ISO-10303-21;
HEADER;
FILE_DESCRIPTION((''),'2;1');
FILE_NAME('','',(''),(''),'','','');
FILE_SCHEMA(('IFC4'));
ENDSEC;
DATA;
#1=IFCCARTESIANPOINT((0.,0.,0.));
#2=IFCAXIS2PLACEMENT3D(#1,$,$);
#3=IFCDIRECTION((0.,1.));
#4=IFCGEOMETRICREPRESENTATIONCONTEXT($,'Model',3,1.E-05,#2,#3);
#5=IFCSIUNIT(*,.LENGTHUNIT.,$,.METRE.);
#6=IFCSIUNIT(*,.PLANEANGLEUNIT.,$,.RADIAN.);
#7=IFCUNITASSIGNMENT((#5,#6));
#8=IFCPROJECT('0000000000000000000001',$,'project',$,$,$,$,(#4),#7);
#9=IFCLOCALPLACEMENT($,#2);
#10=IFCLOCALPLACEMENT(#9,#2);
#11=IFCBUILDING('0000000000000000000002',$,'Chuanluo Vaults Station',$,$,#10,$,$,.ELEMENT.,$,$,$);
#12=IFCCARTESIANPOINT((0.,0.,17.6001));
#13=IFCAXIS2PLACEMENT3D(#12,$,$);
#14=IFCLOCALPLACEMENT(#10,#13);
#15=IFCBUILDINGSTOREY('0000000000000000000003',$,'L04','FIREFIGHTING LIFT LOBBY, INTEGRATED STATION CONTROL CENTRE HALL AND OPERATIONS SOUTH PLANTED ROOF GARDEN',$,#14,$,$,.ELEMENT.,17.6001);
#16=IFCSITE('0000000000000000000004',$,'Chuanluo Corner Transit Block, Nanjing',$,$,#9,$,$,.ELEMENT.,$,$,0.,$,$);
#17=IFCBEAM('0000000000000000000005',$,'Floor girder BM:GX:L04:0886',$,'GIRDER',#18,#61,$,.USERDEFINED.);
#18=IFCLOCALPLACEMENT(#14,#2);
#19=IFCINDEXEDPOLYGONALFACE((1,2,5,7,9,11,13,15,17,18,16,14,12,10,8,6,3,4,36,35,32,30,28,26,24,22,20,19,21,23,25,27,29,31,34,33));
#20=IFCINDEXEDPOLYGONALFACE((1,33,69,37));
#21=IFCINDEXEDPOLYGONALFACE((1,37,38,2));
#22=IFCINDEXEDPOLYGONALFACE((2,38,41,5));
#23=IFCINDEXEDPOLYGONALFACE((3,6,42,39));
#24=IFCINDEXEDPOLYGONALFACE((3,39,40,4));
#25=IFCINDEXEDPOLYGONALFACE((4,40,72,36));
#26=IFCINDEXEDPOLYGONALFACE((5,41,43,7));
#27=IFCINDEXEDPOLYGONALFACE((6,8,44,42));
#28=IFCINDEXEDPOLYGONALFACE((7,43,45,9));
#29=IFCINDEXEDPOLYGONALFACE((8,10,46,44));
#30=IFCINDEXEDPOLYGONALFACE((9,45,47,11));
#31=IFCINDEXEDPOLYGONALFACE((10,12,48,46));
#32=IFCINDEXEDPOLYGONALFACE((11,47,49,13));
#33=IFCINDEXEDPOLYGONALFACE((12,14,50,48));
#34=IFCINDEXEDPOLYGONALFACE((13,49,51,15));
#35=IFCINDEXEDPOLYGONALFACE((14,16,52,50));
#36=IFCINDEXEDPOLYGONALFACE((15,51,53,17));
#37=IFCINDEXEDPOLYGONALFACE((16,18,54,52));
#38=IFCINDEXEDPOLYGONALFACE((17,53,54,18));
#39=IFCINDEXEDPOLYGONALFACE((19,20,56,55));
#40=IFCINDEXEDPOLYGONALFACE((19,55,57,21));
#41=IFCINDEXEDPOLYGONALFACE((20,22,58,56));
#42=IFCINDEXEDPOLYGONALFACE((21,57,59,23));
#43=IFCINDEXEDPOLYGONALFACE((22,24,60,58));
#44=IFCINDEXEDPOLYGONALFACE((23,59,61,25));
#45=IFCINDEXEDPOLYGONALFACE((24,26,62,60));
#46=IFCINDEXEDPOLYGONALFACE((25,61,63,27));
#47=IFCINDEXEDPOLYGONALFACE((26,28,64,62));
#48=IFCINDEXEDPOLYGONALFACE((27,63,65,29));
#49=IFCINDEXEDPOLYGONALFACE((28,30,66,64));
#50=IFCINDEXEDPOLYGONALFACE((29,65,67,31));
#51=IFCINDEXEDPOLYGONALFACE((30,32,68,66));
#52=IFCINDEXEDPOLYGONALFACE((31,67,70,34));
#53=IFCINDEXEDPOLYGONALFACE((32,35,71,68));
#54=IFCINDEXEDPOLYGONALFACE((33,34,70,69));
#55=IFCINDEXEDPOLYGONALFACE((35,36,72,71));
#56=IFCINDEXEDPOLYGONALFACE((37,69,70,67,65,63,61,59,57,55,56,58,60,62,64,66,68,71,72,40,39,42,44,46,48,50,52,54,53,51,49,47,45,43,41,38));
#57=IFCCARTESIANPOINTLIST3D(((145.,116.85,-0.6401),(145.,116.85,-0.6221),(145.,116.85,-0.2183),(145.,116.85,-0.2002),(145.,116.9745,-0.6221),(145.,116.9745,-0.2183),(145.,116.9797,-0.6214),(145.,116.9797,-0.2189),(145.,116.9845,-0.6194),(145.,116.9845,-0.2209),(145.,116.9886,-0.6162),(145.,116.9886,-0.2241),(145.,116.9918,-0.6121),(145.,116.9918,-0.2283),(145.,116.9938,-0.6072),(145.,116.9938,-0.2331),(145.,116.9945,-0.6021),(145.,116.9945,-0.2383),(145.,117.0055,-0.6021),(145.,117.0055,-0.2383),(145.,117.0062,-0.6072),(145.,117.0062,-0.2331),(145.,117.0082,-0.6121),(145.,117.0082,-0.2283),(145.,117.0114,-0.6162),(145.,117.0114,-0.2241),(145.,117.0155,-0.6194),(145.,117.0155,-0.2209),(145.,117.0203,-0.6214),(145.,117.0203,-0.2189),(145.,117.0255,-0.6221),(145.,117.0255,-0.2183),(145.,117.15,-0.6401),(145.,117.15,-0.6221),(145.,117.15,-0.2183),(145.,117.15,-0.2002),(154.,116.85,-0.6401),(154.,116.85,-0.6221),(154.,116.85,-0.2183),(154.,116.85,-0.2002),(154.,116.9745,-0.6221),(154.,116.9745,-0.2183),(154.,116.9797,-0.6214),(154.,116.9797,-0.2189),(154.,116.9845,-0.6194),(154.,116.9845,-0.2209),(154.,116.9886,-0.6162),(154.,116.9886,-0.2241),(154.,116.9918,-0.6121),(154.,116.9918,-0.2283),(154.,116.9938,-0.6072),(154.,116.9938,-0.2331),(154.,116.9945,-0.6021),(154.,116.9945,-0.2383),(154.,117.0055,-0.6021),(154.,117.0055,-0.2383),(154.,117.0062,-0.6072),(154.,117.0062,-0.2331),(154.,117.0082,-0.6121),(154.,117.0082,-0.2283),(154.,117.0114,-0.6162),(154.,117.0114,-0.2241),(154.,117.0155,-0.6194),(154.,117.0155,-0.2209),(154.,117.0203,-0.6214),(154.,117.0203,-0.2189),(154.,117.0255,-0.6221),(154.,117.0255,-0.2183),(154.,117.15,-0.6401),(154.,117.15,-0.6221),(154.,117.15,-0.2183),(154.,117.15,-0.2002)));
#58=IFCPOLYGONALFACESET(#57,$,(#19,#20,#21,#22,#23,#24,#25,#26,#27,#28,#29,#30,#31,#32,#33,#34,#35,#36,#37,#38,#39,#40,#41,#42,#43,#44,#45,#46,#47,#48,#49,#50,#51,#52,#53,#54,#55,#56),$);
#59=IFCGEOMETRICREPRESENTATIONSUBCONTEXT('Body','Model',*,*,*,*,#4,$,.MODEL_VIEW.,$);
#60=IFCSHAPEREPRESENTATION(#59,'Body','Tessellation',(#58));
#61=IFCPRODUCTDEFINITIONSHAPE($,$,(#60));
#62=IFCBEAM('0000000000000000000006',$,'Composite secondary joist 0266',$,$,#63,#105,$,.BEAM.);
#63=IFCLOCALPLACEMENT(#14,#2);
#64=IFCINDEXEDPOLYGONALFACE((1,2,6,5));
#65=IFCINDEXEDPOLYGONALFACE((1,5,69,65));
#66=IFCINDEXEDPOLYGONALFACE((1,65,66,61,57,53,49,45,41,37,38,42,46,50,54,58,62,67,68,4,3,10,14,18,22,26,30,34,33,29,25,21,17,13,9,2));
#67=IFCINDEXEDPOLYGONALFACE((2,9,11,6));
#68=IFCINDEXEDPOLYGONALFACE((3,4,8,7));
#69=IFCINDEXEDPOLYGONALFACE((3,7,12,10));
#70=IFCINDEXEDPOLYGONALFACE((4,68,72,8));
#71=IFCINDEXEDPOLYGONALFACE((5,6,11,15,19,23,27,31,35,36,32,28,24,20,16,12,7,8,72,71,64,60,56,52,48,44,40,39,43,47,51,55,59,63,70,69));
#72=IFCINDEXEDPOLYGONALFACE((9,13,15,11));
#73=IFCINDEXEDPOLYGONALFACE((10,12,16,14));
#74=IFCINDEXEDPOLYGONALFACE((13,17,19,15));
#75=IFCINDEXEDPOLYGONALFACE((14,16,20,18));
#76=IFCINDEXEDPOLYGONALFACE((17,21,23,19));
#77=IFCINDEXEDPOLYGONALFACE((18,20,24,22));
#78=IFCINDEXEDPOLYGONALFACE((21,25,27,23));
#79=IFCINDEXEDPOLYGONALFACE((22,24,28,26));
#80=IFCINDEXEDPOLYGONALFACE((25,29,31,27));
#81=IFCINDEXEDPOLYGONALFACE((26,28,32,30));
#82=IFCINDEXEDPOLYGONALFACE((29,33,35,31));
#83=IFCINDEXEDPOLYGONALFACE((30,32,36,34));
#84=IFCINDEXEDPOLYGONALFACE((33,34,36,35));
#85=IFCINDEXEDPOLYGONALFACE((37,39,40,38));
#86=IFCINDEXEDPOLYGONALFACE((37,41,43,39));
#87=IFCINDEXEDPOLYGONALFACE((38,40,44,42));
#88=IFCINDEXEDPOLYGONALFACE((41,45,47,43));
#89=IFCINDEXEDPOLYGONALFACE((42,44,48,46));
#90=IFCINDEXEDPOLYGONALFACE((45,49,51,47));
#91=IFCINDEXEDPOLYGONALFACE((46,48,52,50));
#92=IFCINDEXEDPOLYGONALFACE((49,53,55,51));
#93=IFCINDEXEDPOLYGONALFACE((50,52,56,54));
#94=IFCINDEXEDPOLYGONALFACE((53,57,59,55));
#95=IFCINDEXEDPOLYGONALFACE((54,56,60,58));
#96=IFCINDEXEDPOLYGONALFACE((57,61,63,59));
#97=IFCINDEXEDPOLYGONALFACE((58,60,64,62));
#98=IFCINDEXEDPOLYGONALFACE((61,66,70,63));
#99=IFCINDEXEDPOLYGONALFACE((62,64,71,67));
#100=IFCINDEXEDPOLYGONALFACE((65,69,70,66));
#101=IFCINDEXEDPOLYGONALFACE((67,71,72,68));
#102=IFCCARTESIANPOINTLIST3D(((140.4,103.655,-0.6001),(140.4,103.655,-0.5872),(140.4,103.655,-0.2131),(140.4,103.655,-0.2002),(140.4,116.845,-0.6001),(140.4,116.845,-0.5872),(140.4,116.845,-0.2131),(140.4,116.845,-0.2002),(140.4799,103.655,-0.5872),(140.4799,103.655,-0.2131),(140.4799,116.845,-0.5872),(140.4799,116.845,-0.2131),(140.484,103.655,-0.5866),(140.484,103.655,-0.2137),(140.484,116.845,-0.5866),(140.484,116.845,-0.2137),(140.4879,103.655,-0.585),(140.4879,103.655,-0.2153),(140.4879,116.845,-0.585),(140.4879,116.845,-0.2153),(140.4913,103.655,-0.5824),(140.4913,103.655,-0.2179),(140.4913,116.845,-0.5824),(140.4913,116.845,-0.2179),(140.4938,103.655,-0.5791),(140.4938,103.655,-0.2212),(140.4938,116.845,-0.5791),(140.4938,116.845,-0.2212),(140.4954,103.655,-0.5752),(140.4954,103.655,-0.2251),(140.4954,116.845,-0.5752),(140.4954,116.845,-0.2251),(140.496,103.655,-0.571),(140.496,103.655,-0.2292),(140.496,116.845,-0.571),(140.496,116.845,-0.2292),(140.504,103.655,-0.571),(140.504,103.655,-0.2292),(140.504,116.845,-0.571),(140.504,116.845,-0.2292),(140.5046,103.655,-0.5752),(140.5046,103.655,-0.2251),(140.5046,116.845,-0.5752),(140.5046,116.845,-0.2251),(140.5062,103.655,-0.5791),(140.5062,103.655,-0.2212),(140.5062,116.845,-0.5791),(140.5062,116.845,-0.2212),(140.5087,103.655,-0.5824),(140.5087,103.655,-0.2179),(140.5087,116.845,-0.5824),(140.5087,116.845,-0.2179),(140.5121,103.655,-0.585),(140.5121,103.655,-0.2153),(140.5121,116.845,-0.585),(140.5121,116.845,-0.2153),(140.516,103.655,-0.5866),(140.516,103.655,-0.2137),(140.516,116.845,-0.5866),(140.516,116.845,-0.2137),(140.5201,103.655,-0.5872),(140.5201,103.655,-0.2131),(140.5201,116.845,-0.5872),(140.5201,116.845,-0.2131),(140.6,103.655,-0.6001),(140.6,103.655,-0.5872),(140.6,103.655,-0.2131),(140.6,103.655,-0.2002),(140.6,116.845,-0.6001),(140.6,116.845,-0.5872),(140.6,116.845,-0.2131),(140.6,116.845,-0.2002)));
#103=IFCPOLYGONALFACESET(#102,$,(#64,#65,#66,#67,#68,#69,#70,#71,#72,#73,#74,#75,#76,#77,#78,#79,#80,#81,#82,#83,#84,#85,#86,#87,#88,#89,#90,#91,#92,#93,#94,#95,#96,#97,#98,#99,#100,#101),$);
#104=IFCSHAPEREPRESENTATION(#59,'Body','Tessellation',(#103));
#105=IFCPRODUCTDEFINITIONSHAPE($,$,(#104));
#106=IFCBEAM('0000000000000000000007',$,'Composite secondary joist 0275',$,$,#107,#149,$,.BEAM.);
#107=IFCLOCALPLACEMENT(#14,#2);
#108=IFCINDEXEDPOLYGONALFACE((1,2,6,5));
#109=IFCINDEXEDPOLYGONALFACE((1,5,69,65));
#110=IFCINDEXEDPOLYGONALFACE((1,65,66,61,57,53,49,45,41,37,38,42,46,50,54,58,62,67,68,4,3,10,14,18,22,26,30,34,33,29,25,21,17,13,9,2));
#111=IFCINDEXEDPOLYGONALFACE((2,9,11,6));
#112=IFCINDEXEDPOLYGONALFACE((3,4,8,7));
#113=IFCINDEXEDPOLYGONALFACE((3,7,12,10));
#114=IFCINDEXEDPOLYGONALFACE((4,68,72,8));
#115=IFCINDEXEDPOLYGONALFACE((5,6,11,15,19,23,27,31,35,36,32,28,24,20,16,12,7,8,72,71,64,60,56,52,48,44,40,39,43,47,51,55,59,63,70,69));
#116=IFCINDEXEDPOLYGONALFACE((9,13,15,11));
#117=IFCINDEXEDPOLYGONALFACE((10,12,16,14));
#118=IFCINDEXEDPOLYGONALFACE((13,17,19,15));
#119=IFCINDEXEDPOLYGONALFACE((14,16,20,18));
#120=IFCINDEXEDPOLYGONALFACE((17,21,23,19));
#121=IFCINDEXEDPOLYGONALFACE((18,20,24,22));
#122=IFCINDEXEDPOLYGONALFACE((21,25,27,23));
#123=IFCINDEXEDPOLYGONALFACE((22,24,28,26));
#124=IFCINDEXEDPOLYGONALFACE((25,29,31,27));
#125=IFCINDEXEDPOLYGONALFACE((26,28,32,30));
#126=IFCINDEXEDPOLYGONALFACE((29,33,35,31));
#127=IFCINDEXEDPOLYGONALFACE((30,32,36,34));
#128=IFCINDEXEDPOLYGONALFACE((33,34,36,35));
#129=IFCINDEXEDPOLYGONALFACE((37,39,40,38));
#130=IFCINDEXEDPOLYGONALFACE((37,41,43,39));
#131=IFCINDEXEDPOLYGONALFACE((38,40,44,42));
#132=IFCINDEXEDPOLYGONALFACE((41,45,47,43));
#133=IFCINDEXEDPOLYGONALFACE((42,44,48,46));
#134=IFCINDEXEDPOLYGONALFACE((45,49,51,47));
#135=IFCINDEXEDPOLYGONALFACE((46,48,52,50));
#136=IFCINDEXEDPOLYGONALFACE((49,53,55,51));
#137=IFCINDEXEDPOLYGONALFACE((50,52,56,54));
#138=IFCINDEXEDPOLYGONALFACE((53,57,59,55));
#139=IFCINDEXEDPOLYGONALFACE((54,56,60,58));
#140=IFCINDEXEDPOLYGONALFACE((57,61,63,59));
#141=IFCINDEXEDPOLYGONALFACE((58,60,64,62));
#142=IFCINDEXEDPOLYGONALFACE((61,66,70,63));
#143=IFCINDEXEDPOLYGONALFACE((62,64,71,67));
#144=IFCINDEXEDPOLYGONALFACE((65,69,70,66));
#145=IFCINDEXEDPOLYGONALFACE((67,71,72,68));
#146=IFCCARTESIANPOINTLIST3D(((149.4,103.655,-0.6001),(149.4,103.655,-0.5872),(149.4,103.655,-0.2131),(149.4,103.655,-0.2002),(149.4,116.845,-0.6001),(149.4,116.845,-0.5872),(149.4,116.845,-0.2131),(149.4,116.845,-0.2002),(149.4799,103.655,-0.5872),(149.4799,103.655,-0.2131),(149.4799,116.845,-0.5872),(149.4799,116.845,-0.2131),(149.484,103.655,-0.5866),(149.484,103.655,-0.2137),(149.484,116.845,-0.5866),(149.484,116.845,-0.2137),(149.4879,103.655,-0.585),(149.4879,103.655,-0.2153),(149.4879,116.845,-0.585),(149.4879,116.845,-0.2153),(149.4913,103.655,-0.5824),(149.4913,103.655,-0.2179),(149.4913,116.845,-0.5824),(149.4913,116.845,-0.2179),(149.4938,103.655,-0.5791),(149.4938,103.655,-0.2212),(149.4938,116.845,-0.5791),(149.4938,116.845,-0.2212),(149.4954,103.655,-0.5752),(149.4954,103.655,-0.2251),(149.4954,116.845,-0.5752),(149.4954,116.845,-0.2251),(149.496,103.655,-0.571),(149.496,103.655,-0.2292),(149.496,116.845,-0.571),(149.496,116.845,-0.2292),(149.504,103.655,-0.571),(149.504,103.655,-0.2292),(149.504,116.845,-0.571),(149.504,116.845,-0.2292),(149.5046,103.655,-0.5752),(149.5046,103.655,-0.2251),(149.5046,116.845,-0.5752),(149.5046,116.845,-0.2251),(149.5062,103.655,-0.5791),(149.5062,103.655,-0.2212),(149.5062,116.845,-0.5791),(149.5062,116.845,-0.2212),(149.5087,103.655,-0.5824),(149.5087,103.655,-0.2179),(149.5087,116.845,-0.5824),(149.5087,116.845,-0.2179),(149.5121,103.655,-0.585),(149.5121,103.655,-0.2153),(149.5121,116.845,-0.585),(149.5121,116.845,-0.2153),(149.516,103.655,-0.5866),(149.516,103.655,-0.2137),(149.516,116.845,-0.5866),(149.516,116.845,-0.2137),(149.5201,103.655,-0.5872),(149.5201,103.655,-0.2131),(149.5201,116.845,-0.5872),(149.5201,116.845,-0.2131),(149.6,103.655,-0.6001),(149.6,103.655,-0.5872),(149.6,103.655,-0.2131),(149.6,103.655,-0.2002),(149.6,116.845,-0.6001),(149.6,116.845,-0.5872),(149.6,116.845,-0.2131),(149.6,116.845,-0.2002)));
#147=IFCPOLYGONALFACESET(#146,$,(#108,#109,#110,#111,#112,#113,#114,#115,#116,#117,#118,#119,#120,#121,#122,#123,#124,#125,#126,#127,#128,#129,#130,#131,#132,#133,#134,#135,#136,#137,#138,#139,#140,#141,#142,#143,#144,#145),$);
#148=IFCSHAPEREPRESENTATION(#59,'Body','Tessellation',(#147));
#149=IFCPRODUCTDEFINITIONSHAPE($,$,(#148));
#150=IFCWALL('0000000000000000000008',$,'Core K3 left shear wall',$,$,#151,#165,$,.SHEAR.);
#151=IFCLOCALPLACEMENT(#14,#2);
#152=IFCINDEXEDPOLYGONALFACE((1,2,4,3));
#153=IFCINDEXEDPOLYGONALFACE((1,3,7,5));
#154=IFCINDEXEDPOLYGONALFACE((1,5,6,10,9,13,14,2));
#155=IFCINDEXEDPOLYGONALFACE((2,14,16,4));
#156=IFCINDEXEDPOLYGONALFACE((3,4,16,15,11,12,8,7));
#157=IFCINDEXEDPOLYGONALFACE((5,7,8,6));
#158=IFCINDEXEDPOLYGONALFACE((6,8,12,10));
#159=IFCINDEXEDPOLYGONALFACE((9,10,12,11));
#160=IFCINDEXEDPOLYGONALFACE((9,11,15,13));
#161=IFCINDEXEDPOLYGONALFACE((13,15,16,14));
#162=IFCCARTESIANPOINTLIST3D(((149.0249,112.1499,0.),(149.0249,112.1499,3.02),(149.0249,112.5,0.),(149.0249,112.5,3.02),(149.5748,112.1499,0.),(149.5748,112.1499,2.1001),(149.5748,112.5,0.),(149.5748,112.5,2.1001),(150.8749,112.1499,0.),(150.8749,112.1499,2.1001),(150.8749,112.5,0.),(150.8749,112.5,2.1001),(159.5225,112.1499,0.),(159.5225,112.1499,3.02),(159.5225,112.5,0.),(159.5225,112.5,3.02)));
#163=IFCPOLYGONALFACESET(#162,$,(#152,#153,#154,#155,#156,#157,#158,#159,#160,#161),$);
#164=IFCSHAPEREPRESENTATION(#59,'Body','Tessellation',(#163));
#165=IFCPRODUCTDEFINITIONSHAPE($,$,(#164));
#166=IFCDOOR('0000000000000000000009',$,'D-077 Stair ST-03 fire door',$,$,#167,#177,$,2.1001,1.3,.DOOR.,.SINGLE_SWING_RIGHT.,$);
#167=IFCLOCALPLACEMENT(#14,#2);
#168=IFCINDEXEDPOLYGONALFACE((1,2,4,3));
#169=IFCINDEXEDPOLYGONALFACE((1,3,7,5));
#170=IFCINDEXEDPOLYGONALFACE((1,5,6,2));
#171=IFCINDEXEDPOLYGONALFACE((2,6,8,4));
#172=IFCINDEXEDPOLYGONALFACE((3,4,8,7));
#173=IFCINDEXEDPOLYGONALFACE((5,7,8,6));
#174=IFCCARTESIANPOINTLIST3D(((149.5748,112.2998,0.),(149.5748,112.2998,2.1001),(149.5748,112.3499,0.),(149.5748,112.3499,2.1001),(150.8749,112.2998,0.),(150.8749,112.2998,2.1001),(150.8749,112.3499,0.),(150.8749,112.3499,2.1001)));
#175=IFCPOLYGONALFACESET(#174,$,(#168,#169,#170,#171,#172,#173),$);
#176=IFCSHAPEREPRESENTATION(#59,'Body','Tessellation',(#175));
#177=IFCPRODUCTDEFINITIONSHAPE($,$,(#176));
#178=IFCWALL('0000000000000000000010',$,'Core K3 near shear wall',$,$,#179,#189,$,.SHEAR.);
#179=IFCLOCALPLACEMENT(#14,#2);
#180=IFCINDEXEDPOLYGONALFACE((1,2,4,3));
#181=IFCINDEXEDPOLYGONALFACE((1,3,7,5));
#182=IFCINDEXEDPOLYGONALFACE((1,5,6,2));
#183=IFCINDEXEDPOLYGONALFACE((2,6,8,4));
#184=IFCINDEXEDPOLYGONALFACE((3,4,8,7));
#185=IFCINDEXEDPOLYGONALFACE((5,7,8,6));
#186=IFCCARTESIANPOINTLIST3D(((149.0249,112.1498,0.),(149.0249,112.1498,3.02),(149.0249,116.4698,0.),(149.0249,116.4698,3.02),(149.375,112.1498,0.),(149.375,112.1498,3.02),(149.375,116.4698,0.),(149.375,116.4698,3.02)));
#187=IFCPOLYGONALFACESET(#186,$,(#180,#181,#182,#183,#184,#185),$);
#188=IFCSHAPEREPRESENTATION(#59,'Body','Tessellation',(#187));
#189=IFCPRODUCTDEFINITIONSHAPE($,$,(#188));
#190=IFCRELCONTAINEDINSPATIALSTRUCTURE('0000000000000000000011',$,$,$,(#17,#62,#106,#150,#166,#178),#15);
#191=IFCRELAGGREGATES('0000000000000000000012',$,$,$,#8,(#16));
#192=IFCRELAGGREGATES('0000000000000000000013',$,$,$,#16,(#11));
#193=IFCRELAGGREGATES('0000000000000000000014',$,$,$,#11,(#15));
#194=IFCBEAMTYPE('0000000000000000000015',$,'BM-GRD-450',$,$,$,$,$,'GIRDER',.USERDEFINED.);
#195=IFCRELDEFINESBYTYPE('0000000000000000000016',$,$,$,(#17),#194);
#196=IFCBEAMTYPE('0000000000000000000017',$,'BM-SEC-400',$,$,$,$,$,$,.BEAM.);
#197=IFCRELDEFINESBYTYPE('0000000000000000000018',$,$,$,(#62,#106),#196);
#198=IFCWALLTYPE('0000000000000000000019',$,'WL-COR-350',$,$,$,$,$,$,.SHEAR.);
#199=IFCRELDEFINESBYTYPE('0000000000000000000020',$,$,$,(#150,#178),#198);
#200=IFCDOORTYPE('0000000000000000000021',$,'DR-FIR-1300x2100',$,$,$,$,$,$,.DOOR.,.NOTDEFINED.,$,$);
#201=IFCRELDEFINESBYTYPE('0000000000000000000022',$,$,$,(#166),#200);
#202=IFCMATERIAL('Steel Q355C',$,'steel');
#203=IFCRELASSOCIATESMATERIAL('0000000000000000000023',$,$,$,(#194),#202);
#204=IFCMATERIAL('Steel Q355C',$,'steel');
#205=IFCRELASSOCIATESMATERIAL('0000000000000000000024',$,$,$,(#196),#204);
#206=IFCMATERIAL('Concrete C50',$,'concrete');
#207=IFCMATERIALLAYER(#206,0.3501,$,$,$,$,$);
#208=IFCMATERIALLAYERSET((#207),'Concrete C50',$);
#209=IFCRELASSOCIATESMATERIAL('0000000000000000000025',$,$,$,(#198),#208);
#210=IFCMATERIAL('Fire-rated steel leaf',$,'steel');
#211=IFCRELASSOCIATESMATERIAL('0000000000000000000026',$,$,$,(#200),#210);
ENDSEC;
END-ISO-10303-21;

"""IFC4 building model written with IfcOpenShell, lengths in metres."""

from ifc_helpers import new_model, si_unit, direction, frame, frame_2d, origin, origin_2d, place, context, subcontext, project, spatial, rectangle, i_section, extrude, material, layer, layer_set, material_profile, profile_set, type_object, element, fill, save


model = new_model("IFC4")

# Units and contexts
model_context = context("Model", 3, precision=1e-05, world=origin(), true_north=direction((0.0, 1.0)))
body_context = subcontext(model_context, "Body", "Model", "MODEL_VIEW")
ifc_project = project(units=[si_unit("LENGTHUNIT", "METRE"), si_unit("PLANEANGLEUNIT", "RADIAN")], contexts=[model_context])

# Site, building, storey
site_placement = place(None, origin())
site = spatial("IfcSite", under=ifc_project, at=site_placement, Name="Chuanluo Corner Transit Block, Nanjing", CompositionType="ELEMENT", RefElevation=0.0)
building_placement = place(site_placement, origin())
building = spatial("IfcBuilding", under=site, at=building_placement, Name="Chuanluo Vaults Station", CompositionType="ELEMENT")
storey_placement = place(building_placement, frame((0.0, 0.0, 17.6001)))
storey = spatial("IfcBuildingStorey", under=building, at=storey_placement, Name="L04", Description="FIREFIGHTING LIFT LOBBY, INTEGRATED STATION CONTROL CENTRE HALL AND OPERATIONS SOUTH PLANTED ROOF GARDEN", CompositionType="ELEMENT", Elevation=17.6001)

# Beams
ifc_material_1 = material(Name="Steel Q355C", Category="steel")
ifc_material_profile_1 = material_profile(ifc_material_1, i_section(OverallWidth=0.3, OverallDepth=0.4399, WebThickness=0.011, FlangeThickness=0.0181, FilletRadius=0.02, at=origin_2d()))
ifc_profile_set_1 = profile_set([ifc_material_profile_1], Name="Steel Q355C")
beam_type_1 = type_object("IfcBeamType", Name="BM-GRD-450", ElementType="GIRDER", PredefinedType="USERDEFINED", material=ifc_profile_set_1)
for number, where, z_axis, x_axis, name in (
    (1, (145.0, 117.0, -0.4202), (1.0, 0.0, 0.0), (0.0, 1.0, 0.0), "Floor girder BM:GX:L04:0886"),
):
    element("IfcBeam", number, at=place(storey_placement, frame(where, z_axis=z_axis, x_axis=x_axis)), inside=storey, type_object=beam_type_1, Name=name, ObjectType="GIRDER", PredefinedType="USERDEFINED", context=body_context, shape_type="SweptSolid", body=[
        extrude(i_section(OverallWidth=0.3, OverallDepth=0.4399, WebThickness=0.011, FlangeThickness=0.0181, FilletRadius=0.02, at=origin_2d()), origin(), (0.0, 0.0, 1.0), 9.0),
    ])
ifc_material_2 = material(Name="Steel Q355C", Category="steel")
ifc_material_profile_2 = material_profile(ifc_material_2, i_section(OverallWidth=0.2, OverallDepth=0.3999, WebThickness=0.0081, FlangeThickness=0.0129, FilletRadius=0.0161, at=origin_2d()))
ifc_profile_set_2 = profile_set([ifc_material_profile_2], Name="Steel Q355C")
beam_type_2 = type_object("IfcBeamType", Name="BM-SEC-400", PredefinedType="BEAM", material=ifc_profile_set_2)
for number, where, z_axis, x_axis, name in (
    (2, (140.5, 103.655, -0.4001), (0.0, 1.0, 0.0), (-1.0, 0.0, 0.0), "Composite secondary joist 0266"),
    (3, (149.5, 103.655, -0.4001), (0.0, 1.0, 0.0), (-1.0, 0.0, 0.0), "Composite secondary joist 0275"),
):
    element("IfcBeam", number, at=place(storey_placement, frame(where, z_axis=z_axis, x_axis=x_axis)), inside=storey, type_object=beam_type_2, Name=name, PredefinedType="BEAM", context=body_context, shape_type="SweptSolid", body=[
        extrude(i_section(OverallWidth=0.2, OverallDepth=0.3999, WebThickness=0.0081, FlangeThickness=0.0129, FilletRadius=0.0161, at=origin_2d()), origin(), (0.0, 0.0, 1.0), 13.1899),
    ])

# Wall, opening, door
ifc_material_3 = material(Name="Concrete C50", Category="concrete")
ifc_layer_1 = layer(ifc_material_3, 0.3501)
ifc_layer_set_1 = layer_set([ifc_layer_1], Name="Concrete C50")
wall_type_1 = type_object("IfcWallType", Name="WL-COR-350", PredefinedType="SHEAR", material=ifc_layer_set_1)
wall_1_placement = place(storey_placement, frame((149.0249, 112.325, 0.0), z_axis=(0.0, 0.0, 1.0), x_axis=(1.0, 0.0, 0.0)))
wall_1 = element("IfcWall", 4, at=wall_1_placement, inside=storey, type_object=wall_type_1, Name="Core K3 left shear wall", PredefinedType="SHEAR", context=body_context, shape_type="SweptSolid", body=[
    extrude(rectangle(XDim=10.4976, YDim=0.3501, at=frame_2d((5.2488, 0.0))), origin(), (0.0, 0.0, 1.0), 3.02),
])
opening_1_placement = place(wall_1_placement, frame((0.55, 0.0, 0.0)))
opening_1 = element("IfcOpeningElement", 5, at=opening_1_placement, cuts=wall_1, PredefinedType="OPENING", context=body_context, shape_type="SweptSolid", body=[
    extrude(rectangle(XDim=1.3, YDim=2.1001, at=frame_2d((0.6499, 1.05))), frame((0.0, 0.185, 0.0), z_axis=(0.0, -1.0, 0.0), x_axis=(1.0, 0.0, 0.0)), (0.0, 0.0, 1.0), 0.3701),
])
ifc_material_4 = material(Name="Fire-rated steel leaf", Category="steel")
door_type_1 = type_object("IfcDoorType", Name="DR-FIR-1300x2100", OperationType="NOTDEFINED", PredefinedType="DOOR", material=ifc_material_4)
door_1_placement = place(opening_1_placement, origin())
door_1 = element("IfcDoor", 6, at=door_1_placement, inside=storey, type_object=door_type_1, Name="D-077 Stair ST-03 fire door", OperationType="SINGLE_SWING_RIGHT", OverallHeight=2.1001, OverallWidth=1.3, PredefinedType="DOOR", context=body_context, shape_type="SweptSolid", body=[
    extrude(rectangle(XDim=1.3, YDim=2.1001, at=frame_2d((0.6499, 1.05))), frame((0.0, 0.0249, 0.0), z_axis=(0.0, -1.0, 0.0), x_axis=(1.0, 0.0, 0.0)), (0.0, 0.0, 1.0), 0.05),
])
fill(opening_1, door_1)

# Wall
wall_2_placement = place(storey_placement, frame((149.2, 116.47, 0.0), z_axis=(0.0, 0.0, 1.0), x_axis=(0.0, -1.0, 0.0)))
element("IfcWall", 7, at=wall_2_placement, inside=storey, type_object=wall_type_1, Name="Core K3 near shear wall", PredefinedType="SHEAR", context=body_context, shape_type="SweptSolid", body=[
    extrude(rectangle(XDim=4.3201, YDim=0.3501, at=frame_2d((2.1602, 0.0))), origin(), (0.0, 0.0, 1.0), 3.02),
])

save(model, "model.ifc")
